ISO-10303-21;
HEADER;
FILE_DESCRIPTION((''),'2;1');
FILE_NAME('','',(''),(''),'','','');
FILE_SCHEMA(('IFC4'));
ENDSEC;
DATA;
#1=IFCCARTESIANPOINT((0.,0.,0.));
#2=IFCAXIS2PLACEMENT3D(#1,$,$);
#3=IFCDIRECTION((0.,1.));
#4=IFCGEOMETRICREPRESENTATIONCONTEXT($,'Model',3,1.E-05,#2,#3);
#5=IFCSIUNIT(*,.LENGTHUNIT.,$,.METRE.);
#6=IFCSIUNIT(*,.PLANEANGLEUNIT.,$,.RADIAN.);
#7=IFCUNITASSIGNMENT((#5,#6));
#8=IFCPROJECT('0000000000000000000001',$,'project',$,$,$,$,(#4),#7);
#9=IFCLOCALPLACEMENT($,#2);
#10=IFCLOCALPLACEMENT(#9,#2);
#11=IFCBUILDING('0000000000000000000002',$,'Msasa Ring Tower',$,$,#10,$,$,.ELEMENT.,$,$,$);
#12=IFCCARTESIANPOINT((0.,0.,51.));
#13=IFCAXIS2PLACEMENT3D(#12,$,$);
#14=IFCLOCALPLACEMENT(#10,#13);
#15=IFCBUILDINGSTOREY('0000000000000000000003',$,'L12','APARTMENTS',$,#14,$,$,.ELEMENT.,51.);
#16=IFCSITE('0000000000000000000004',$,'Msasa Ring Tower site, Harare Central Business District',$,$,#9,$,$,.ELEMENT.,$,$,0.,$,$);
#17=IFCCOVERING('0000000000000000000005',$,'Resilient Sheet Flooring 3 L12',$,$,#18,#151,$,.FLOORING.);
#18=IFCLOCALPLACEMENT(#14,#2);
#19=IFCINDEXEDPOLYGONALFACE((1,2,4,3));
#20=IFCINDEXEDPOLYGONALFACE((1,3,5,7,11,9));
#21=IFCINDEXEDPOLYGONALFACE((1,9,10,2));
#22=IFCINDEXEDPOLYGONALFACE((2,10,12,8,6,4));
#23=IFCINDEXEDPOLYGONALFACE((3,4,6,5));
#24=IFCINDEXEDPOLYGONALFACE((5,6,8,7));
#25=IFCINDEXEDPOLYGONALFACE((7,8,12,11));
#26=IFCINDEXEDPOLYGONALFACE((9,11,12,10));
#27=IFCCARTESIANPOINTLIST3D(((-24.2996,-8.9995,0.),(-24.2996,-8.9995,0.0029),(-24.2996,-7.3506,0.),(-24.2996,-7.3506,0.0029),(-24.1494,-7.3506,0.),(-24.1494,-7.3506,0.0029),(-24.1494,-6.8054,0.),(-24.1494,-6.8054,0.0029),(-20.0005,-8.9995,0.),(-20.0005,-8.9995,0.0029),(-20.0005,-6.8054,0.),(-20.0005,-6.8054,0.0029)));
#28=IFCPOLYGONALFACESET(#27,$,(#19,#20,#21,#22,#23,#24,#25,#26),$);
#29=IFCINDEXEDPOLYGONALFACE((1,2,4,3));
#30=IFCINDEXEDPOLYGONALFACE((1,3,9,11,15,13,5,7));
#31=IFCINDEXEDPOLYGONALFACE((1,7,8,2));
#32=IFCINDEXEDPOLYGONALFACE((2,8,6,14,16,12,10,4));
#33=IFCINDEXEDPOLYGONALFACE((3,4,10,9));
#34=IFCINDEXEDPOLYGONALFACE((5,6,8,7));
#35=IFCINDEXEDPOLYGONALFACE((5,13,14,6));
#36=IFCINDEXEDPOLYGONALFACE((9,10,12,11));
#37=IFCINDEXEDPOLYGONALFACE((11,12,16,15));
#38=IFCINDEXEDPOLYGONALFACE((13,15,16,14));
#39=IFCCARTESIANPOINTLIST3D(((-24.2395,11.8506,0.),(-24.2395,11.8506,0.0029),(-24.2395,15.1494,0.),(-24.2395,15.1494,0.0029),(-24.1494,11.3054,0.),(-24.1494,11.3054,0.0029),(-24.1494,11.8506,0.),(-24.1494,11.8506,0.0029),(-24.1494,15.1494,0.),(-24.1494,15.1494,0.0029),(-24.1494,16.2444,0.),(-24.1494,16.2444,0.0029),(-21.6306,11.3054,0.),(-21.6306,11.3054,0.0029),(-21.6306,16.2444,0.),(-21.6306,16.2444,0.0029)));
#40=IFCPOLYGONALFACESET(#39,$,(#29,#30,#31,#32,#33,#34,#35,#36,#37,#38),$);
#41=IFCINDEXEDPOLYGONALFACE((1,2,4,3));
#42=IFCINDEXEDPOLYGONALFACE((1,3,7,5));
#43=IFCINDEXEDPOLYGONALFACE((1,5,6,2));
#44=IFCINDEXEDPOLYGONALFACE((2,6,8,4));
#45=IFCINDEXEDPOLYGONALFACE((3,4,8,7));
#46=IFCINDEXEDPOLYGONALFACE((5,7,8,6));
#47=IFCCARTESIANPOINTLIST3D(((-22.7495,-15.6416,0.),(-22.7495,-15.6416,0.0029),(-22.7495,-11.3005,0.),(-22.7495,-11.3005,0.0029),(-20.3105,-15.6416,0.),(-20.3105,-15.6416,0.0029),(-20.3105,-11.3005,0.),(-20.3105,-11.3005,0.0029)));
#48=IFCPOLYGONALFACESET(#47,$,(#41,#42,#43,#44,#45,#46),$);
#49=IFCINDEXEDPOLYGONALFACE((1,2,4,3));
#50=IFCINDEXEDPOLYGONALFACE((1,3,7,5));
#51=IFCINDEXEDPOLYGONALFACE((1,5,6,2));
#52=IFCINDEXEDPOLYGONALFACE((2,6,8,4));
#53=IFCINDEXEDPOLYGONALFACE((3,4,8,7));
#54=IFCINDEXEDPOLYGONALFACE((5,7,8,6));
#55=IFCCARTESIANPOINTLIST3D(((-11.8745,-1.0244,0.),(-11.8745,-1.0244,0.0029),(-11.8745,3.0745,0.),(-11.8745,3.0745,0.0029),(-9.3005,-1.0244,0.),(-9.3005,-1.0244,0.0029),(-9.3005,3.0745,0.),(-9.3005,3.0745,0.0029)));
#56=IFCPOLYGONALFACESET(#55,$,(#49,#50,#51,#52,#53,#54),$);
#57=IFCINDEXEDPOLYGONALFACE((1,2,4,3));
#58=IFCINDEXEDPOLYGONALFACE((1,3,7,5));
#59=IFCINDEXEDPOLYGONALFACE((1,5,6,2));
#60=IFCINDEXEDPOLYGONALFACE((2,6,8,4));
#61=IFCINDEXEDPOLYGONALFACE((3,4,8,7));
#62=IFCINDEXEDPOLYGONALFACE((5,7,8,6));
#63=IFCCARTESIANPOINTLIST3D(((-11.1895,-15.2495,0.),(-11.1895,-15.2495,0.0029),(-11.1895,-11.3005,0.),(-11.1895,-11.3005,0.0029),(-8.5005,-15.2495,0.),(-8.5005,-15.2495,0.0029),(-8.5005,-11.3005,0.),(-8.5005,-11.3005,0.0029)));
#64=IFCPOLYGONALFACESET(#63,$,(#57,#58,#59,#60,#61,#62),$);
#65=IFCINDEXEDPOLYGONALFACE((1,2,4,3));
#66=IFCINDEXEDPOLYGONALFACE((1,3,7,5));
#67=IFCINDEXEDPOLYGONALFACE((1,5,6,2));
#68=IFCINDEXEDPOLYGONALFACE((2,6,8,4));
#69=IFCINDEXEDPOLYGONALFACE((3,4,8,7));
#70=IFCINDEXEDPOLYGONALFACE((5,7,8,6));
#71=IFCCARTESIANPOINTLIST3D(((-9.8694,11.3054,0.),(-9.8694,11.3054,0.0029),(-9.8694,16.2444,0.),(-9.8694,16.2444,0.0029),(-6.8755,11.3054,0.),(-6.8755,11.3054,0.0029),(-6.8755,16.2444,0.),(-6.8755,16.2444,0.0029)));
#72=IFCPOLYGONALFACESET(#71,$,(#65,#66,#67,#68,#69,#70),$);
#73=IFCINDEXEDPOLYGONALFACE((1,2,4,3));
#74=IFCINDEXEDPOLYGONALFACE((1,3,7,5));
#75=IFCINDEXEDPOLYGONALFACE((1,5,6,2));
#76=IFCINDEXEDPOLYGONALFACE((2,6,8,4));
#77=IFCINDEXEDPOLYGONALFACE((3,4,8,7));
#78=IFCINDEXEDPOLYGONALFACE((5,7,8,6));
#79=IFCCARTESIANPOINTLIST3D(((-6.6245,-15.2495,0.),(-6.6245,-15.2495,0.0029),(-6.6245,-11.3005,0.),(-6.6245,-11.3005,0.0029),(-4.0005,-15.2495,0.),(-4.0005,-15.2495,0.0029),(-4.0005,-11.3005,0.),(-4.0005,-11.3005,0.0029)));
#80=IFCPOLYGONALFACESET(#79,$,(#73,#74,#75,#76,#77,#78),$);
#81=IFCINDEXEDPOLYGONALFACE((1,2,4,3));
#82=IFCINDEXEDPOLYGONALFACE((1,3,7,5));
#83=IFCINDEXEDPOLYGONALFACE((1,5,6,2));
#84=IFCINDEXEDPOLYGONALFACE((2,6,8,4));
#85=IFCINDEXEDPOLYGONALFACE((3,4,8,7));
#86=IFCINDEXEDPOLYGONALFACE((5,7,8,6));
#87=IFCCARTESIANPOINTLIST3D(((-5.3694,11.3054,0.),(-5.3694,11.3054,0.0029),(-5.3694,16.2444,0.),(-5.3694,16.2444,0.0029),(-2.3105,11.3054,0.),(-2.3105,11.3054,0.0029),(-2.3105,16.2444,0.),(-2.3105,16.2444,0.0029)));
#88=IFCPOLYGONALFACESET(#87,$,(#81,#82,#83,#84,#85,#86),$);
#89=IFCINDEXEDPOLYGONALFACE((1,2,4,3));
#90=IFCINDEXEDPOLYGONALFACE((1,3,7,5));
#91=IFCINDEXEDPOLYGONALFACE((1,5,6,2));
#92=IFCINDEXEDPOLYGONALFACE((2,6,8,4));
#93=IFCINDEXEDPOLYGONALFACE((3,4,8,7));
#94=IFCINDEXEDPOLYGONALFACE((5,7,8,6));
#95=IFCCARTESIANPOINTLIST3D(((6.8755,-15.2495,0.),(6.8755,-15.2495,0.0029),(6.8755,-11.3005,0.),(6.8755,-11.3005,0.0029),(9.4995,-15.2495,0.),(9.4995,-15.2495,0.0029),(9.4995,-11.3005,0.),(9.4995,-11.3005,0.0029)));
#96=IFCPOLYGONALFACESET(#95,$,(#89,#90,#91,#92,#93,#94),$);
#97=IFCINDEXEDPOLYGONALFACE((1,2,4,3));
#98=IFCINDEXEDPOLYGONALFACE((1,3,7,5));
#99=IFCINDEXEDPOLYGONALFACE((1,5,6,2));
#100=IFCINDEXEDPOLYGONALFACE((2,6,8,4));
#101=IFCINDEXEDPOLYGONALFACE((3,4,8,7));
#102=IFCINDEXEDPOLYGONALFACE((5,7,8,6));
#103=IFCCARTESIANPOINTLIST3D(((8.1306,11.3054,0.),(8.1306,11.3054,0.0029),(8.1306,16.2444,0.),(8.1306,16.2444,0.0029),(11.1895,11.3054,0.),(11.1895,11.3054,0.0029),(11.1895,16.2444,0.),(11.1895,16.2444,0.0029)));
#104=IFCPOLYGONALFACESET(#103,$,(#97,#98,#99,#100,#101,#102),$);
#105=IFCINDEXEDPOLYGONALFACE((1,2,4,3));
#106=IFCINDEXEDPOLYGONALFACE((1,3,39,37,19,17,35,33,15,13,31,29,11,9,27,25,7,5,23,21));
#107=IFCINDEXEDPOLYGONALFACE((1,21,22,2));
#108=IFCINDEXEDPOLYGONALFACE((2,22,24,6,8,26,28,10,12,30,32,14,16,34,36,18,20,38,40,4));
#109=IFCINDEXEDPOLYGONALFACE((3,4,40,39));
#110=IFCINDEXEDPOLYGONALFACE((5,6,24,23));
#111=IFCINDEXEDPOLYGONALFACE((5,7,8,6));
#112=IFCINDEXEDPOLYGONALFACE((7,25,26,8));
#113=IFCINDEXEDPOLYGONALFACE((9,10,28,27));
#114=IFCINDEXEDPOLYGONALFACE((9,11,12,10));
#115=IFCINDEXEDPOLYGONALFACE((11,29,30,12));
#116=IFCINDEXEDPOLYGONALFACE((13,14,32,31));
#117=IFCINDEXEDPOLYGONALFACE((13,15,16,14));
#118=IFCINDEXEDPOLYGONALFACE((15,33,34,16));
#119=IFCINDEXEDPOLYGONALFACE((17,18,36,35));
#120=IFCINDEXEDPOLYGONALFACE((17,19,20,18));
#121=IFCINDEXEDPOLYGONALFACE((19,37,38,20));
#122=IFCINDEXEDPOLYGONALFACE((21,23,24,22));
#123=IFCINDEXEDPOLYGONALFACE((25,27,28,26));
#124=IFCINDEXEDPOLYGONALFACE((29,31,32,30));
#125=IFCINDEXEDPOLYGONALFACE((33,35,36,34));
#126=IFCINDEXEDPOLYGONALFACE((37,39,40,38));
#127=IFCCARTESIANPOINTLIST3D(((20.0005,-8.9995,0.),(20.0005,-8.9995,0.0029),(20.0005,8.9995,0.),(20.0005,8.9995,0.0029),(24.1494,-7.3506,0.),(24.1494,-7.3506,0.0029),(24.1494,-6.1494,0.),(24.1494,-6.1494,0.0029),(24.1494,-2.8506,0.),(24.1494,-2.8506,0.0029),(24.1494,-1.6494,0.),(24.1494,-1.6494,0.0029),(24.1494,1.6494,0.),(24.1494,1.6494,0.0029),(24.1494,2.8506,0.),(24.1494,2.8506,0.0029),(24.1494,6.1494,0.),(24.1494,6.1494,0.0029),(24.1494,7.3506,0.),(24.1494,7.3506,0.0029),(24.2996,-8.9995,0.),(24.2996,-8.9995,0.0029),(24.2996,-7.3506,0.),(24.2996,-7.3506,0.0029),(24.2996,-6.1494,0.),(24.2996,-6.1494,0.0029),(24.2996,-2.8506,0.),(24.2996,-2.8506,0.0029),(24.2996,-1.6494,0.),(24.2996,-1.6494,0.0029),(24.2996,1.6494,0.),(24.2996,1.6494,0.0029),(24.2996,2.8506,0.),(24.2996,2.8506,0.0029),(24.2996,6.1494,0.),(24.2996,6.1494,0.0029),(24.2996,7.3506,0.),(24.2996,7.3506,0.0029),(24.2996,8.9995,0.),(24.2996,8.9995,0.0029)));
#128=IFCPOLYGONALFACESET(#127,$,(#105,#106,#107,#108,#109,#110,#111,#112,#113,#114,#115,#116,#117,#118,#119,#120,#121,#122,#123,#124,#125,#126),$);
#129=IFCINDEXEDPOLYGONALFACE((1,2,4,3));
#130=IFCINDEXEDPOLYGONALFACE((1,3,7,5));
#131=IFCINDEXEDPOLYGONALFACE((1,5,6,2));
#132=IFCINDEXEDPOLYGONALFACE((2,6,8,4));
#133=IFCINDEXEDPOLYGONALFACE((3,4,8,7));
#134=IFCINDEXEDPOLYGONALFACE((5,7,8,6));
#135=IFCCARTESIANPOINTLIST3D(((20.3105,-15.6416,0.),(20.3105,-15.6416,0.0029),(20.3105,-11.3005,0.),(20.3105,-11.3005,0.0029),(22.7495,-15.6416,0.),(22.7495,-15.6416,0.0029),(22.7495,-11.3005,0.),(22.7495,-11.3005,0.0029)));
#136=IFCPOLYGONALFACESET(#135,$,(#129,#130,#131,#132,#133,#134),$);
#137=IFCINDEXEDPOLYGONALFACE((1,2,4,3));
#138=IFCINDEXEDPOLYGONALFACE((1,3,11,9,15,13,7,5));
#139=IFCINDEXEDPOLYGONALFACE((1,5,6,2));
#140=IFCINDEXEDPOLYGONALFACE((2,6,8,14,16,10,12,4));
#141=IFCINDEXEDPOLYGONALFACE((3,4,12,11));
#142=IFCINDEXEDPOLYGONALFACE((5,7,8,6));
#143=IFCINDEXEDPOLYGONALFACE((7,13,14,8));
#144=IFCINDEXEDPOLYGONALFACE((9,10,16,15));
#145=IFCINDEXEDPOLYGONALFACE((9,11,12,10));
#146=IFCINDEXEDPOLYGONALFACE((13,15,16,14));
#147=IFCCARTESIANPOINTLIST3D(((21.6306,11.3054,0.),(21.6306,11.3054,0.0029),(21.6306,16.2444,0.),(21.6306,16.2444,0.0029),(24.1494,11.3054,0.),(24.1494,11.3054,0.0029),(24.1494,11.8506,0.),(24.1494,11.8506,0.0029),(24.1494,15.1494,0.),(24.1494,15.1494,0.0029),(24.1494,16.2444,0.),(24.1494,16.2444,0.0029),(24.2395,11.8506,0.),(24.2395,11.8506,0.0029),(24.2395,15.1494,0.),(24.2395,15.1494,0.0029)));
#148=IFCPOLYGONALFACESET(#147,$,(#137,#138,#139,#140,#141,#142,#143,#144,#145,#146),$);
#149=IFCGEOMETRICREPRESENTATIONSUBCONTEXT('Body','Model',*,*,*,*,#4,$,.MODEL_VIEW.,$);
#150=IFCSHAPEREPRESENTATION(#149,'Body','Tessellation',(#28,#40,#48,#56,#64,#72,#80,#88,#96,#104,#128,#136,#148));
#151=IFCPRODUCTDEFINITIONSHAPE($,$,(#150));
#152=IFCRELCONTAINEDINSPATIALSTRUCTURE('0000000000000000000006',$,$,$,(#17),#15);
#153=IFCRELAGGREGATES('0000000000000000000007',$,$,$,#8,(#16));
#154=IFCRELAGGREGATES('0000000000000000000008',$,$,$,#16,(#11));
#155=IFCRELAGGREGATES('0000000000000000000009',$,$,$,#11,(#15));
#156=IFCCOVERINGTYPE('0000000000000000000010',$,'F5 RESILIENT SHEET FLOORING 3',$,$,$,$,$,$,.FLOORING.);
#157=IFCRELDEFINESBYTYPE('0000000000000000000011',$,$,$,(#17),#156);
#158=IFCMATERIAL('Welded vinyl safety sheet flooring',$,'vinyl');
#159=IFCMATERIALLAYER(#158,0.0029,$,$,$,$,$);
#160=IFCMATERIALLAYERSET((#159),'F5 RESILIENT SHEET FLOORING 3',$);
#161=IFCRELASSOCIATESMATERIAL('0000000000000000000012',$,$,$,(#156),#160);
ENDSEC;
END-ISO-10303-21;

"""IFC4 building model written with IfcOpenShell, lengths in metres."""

from ifc_helpers import new_model, si_unit, direction, frame, origin, place, context, subcontext, project, spatial, line, indexed_curve, outline, extrude, material, layer, layer_set, type_object, element, save


model = new_model("IFC4")

# Units and contexts
model_context = context("Model", 3, precision=1e-05, world=origin(), true_north=direction((0.0, 1.0)))
body_context = subcontext(model_context, "Body", "Model", "MODEL_VIEW")
ifc_project = project(units=[si_unit("LENGTHUNIT", "METRE"), si_unit("PLANEANGLEUNIT", "RADIAN")], contexts=[model_context])

# Site, building, storey
site_placement = place(None, origin())
site = spatial("IfcSite", under=ifc_project, at=site_placement, Name="Msasa Ring Tower site, Harare Central Business District", CompositionType="ELEMENT", RefElevation=0.0)
building_placement = place(site_placement, origin())
building = spatial("IfcBuilding", under=site, at=building_placement, Name="Msasa Ring Tower", CompositionType="ELEMENT")
storey_placement = place(building_placement, frame((0.0, 0.0, 51.0)))
storey = spatial("IfcBuildingStorey", under=building, at=storey_placement, Name="L12", Description="APARTMENTS", CompositionType="ELEMENT", Elevation=51.0)

# Covering
ifc_material_1 = material(Name="Welded vinyl safety sheet flooring", Category="vinyl")
ifc_layer_1 = layer(ifc_material_1, 0.0029)
ifc_layer_set_1 = layer_set([ifc_layer_1], Name="F5 RESILIENT SHEET FLOORING 3")
covering_type_1 = type_object("IfcCoveringType", Name="F5 RESILIENT SHEET FLOORING 3", PredefinedType="FLOORING", material=ifc_layer_set_1)
covering_1_placement = place(storey_placement, origin())
element("IfcCovering", 1, at=covering_1_placement, inside=storey, type_object=covering_type_1, Name="Resilient Sheet Flooring 3 L12", PredefinedType="FLOORING", context=body_context, shape_type="SweptSolid", body=[
    extrude(outline(indexed_curve([(-20.0005, -8.9995), (-24.2996, -8.9995), (-24.2996, -7.3506), (-24.1494, -7.3506), (-24.1494, -6.8054), (-20.0005, -6.8054)], segments=[line(1, 2, 3, 4, 5, 6, 1)], self_intersect=False)), origin(), (0.0, 0.0, 1.0), 0.0029),
    extrude(outline(indexed_curve([(-21.6306, 16.2444), (-21.6306, 11.3054), (-24.1494, 11.3054), (-24.1494, 11.8506), (-24.2395, 11.8506), (-24.2395, 15.1494), (-24.1494, 15.1494), (-24.1494, 16.2444)], segments=[line(1, 2, 3, 4, 5, 6, 7, 8, 1)], self_intersect=False)), origin(), (0.0, 0.0, 1.0), 0.0029),
    extrude(outline(indexed_curve([(-22.7495, -11.3005), (-20.3105, -11.3005), (-20.3105, -15.6416), (-22.7495, -15.6416)], segments=[line(1, 2, 3, 4, 1)], self_intersect=False)), origin(), (0.0, 0.0, 1.0), 0.0029),
    extrude(outline(indexed_curve([(-9.3005, 3.0745), (-9.3005, -1.0244), (-11.8745, -1.0244), (-11.8745, 3.0745)], segments=[line(1, 2, 3, 4, 1)], self_intersect=False)), origin(), (0.0, 0.0, 1.0), 0.0029),
    extrude(outline(indexed_curve([(-8.5005, -11.3005), (-8.5005, -15.2495), (-11.1895, -15.2495), (-11.1895, -11.3005)], segments=[line(1, 2, 3, 4, 1)], self_intersect=False)), origin(), (0.0, 0.0, 1.0), 0.0029),
    extrude(outline(indexed_curve([(-9.8694, 16.2444), (-6.8755, 16.2444), (-6.8755, 11.3054), (-9.8694, 11.3054)], segments=[line(1, 2, 3, 4, 1)], self_intersect=False)), origin(), (0.0, 0.0, 1.0), 0.0029),
    extrude(outline(indexed_curve([(-4.0005, -11.3005), (-4.0005, -15.2495), (-6.6245, -15.2495), (-6.6245, -11.3005)], segments=[line(1, 2, 3, 4, 1)], self_intersect=False)), origin(), (0.0, 0.0, 1.0), 0.0029),
    extrude(outline(indexed_curve([(-2.3105, 16.2444), (-2.3105, 11.3054), (-5.3694, 11.3054), (-5.3694, 16.2444)], segments=[line(1, 2, 3, 4, 1)], self_intersect=False)), origin(), (0.0, 0.0, 1.0), 0.0029),
    extrude(outline(indexed_curve([(9.4995, -11.3005), (9.4995, -15.2495), (6.8755, -15.2495), (6.8755, -11.3005)], segments=[line(1, 2, 3, 4, 1)], self_intersect=False)), origin(), (0.0, 0.0, 1.0), 0.0029),
    extrude(outline(indexed_curve([(11.1895, 16.2444), (11.1895, 11.3054), (8.1306, 11.3054), (8.1306, 16.2444)], segments=[line(1, 2, 3, 4, 1)], self_intersect=False)), origin(), (0.0, 0.0, 1.0), 0.0029),
    extrude(outline(indexed_curve([(20.0005, 8.9995), (24.2996, 8.9995), (24.2996, 7.3506), (24.1494, 7.3506), (24.1494, 6.1494), (24.2996, 6.1494), (24.2996, 2.8506), (24.1494, 2.8506), (24.1494, 1.6494), (24.2996, 1.6494), (24.2996, -1.6494), (24.1494, -1.6494), (24.1494, -2.8506), (24.2996, -2.8506), (24.2996, -6.1494), (24.1494, -6.1494), (24.1494, -7.3506), (24.2996, -7.3506), (24.2996, -8.9995), (20.0005, -8.9995)], segments=[line(1, 2, 3, 4, 5, 6, 7, 8, 9, 10, 11, 12, 13, 14, 15, 16, 17, 18, 19, 20, 1)], self_intersect=False)), origin(), (0.0, 0.0, 1.0), 0.0029),
    extrude(outline(indexed_curve([(22.7495, -11.3005), (22.7495, -15.6416), (20.3105, -15.6416), (20.3105, -11.3005)], segments=[line(1, 2, 3, 4, 1)], self_intersect=False)), origin(), (0.0, 0.0, 1.0), 0.0029),
    extrude(outline(indexed_curve([(24.1494, 16.2444), (24.1494, 15.1494), (24.2395, 15.1494), (24.2395, 11.8506), (24.1494, 11.8506), (24.1494, 11.3054), (21.6306, 11.3054), (21.6306, 16.2444)], segments=[line(1, 2, 3, 4, 5, 6, 7, 8, 1)], self_intersect=False)), origin(), (0.0, 0.0, 1.0), 0.0029),
])

save(model, "model.ifc")
